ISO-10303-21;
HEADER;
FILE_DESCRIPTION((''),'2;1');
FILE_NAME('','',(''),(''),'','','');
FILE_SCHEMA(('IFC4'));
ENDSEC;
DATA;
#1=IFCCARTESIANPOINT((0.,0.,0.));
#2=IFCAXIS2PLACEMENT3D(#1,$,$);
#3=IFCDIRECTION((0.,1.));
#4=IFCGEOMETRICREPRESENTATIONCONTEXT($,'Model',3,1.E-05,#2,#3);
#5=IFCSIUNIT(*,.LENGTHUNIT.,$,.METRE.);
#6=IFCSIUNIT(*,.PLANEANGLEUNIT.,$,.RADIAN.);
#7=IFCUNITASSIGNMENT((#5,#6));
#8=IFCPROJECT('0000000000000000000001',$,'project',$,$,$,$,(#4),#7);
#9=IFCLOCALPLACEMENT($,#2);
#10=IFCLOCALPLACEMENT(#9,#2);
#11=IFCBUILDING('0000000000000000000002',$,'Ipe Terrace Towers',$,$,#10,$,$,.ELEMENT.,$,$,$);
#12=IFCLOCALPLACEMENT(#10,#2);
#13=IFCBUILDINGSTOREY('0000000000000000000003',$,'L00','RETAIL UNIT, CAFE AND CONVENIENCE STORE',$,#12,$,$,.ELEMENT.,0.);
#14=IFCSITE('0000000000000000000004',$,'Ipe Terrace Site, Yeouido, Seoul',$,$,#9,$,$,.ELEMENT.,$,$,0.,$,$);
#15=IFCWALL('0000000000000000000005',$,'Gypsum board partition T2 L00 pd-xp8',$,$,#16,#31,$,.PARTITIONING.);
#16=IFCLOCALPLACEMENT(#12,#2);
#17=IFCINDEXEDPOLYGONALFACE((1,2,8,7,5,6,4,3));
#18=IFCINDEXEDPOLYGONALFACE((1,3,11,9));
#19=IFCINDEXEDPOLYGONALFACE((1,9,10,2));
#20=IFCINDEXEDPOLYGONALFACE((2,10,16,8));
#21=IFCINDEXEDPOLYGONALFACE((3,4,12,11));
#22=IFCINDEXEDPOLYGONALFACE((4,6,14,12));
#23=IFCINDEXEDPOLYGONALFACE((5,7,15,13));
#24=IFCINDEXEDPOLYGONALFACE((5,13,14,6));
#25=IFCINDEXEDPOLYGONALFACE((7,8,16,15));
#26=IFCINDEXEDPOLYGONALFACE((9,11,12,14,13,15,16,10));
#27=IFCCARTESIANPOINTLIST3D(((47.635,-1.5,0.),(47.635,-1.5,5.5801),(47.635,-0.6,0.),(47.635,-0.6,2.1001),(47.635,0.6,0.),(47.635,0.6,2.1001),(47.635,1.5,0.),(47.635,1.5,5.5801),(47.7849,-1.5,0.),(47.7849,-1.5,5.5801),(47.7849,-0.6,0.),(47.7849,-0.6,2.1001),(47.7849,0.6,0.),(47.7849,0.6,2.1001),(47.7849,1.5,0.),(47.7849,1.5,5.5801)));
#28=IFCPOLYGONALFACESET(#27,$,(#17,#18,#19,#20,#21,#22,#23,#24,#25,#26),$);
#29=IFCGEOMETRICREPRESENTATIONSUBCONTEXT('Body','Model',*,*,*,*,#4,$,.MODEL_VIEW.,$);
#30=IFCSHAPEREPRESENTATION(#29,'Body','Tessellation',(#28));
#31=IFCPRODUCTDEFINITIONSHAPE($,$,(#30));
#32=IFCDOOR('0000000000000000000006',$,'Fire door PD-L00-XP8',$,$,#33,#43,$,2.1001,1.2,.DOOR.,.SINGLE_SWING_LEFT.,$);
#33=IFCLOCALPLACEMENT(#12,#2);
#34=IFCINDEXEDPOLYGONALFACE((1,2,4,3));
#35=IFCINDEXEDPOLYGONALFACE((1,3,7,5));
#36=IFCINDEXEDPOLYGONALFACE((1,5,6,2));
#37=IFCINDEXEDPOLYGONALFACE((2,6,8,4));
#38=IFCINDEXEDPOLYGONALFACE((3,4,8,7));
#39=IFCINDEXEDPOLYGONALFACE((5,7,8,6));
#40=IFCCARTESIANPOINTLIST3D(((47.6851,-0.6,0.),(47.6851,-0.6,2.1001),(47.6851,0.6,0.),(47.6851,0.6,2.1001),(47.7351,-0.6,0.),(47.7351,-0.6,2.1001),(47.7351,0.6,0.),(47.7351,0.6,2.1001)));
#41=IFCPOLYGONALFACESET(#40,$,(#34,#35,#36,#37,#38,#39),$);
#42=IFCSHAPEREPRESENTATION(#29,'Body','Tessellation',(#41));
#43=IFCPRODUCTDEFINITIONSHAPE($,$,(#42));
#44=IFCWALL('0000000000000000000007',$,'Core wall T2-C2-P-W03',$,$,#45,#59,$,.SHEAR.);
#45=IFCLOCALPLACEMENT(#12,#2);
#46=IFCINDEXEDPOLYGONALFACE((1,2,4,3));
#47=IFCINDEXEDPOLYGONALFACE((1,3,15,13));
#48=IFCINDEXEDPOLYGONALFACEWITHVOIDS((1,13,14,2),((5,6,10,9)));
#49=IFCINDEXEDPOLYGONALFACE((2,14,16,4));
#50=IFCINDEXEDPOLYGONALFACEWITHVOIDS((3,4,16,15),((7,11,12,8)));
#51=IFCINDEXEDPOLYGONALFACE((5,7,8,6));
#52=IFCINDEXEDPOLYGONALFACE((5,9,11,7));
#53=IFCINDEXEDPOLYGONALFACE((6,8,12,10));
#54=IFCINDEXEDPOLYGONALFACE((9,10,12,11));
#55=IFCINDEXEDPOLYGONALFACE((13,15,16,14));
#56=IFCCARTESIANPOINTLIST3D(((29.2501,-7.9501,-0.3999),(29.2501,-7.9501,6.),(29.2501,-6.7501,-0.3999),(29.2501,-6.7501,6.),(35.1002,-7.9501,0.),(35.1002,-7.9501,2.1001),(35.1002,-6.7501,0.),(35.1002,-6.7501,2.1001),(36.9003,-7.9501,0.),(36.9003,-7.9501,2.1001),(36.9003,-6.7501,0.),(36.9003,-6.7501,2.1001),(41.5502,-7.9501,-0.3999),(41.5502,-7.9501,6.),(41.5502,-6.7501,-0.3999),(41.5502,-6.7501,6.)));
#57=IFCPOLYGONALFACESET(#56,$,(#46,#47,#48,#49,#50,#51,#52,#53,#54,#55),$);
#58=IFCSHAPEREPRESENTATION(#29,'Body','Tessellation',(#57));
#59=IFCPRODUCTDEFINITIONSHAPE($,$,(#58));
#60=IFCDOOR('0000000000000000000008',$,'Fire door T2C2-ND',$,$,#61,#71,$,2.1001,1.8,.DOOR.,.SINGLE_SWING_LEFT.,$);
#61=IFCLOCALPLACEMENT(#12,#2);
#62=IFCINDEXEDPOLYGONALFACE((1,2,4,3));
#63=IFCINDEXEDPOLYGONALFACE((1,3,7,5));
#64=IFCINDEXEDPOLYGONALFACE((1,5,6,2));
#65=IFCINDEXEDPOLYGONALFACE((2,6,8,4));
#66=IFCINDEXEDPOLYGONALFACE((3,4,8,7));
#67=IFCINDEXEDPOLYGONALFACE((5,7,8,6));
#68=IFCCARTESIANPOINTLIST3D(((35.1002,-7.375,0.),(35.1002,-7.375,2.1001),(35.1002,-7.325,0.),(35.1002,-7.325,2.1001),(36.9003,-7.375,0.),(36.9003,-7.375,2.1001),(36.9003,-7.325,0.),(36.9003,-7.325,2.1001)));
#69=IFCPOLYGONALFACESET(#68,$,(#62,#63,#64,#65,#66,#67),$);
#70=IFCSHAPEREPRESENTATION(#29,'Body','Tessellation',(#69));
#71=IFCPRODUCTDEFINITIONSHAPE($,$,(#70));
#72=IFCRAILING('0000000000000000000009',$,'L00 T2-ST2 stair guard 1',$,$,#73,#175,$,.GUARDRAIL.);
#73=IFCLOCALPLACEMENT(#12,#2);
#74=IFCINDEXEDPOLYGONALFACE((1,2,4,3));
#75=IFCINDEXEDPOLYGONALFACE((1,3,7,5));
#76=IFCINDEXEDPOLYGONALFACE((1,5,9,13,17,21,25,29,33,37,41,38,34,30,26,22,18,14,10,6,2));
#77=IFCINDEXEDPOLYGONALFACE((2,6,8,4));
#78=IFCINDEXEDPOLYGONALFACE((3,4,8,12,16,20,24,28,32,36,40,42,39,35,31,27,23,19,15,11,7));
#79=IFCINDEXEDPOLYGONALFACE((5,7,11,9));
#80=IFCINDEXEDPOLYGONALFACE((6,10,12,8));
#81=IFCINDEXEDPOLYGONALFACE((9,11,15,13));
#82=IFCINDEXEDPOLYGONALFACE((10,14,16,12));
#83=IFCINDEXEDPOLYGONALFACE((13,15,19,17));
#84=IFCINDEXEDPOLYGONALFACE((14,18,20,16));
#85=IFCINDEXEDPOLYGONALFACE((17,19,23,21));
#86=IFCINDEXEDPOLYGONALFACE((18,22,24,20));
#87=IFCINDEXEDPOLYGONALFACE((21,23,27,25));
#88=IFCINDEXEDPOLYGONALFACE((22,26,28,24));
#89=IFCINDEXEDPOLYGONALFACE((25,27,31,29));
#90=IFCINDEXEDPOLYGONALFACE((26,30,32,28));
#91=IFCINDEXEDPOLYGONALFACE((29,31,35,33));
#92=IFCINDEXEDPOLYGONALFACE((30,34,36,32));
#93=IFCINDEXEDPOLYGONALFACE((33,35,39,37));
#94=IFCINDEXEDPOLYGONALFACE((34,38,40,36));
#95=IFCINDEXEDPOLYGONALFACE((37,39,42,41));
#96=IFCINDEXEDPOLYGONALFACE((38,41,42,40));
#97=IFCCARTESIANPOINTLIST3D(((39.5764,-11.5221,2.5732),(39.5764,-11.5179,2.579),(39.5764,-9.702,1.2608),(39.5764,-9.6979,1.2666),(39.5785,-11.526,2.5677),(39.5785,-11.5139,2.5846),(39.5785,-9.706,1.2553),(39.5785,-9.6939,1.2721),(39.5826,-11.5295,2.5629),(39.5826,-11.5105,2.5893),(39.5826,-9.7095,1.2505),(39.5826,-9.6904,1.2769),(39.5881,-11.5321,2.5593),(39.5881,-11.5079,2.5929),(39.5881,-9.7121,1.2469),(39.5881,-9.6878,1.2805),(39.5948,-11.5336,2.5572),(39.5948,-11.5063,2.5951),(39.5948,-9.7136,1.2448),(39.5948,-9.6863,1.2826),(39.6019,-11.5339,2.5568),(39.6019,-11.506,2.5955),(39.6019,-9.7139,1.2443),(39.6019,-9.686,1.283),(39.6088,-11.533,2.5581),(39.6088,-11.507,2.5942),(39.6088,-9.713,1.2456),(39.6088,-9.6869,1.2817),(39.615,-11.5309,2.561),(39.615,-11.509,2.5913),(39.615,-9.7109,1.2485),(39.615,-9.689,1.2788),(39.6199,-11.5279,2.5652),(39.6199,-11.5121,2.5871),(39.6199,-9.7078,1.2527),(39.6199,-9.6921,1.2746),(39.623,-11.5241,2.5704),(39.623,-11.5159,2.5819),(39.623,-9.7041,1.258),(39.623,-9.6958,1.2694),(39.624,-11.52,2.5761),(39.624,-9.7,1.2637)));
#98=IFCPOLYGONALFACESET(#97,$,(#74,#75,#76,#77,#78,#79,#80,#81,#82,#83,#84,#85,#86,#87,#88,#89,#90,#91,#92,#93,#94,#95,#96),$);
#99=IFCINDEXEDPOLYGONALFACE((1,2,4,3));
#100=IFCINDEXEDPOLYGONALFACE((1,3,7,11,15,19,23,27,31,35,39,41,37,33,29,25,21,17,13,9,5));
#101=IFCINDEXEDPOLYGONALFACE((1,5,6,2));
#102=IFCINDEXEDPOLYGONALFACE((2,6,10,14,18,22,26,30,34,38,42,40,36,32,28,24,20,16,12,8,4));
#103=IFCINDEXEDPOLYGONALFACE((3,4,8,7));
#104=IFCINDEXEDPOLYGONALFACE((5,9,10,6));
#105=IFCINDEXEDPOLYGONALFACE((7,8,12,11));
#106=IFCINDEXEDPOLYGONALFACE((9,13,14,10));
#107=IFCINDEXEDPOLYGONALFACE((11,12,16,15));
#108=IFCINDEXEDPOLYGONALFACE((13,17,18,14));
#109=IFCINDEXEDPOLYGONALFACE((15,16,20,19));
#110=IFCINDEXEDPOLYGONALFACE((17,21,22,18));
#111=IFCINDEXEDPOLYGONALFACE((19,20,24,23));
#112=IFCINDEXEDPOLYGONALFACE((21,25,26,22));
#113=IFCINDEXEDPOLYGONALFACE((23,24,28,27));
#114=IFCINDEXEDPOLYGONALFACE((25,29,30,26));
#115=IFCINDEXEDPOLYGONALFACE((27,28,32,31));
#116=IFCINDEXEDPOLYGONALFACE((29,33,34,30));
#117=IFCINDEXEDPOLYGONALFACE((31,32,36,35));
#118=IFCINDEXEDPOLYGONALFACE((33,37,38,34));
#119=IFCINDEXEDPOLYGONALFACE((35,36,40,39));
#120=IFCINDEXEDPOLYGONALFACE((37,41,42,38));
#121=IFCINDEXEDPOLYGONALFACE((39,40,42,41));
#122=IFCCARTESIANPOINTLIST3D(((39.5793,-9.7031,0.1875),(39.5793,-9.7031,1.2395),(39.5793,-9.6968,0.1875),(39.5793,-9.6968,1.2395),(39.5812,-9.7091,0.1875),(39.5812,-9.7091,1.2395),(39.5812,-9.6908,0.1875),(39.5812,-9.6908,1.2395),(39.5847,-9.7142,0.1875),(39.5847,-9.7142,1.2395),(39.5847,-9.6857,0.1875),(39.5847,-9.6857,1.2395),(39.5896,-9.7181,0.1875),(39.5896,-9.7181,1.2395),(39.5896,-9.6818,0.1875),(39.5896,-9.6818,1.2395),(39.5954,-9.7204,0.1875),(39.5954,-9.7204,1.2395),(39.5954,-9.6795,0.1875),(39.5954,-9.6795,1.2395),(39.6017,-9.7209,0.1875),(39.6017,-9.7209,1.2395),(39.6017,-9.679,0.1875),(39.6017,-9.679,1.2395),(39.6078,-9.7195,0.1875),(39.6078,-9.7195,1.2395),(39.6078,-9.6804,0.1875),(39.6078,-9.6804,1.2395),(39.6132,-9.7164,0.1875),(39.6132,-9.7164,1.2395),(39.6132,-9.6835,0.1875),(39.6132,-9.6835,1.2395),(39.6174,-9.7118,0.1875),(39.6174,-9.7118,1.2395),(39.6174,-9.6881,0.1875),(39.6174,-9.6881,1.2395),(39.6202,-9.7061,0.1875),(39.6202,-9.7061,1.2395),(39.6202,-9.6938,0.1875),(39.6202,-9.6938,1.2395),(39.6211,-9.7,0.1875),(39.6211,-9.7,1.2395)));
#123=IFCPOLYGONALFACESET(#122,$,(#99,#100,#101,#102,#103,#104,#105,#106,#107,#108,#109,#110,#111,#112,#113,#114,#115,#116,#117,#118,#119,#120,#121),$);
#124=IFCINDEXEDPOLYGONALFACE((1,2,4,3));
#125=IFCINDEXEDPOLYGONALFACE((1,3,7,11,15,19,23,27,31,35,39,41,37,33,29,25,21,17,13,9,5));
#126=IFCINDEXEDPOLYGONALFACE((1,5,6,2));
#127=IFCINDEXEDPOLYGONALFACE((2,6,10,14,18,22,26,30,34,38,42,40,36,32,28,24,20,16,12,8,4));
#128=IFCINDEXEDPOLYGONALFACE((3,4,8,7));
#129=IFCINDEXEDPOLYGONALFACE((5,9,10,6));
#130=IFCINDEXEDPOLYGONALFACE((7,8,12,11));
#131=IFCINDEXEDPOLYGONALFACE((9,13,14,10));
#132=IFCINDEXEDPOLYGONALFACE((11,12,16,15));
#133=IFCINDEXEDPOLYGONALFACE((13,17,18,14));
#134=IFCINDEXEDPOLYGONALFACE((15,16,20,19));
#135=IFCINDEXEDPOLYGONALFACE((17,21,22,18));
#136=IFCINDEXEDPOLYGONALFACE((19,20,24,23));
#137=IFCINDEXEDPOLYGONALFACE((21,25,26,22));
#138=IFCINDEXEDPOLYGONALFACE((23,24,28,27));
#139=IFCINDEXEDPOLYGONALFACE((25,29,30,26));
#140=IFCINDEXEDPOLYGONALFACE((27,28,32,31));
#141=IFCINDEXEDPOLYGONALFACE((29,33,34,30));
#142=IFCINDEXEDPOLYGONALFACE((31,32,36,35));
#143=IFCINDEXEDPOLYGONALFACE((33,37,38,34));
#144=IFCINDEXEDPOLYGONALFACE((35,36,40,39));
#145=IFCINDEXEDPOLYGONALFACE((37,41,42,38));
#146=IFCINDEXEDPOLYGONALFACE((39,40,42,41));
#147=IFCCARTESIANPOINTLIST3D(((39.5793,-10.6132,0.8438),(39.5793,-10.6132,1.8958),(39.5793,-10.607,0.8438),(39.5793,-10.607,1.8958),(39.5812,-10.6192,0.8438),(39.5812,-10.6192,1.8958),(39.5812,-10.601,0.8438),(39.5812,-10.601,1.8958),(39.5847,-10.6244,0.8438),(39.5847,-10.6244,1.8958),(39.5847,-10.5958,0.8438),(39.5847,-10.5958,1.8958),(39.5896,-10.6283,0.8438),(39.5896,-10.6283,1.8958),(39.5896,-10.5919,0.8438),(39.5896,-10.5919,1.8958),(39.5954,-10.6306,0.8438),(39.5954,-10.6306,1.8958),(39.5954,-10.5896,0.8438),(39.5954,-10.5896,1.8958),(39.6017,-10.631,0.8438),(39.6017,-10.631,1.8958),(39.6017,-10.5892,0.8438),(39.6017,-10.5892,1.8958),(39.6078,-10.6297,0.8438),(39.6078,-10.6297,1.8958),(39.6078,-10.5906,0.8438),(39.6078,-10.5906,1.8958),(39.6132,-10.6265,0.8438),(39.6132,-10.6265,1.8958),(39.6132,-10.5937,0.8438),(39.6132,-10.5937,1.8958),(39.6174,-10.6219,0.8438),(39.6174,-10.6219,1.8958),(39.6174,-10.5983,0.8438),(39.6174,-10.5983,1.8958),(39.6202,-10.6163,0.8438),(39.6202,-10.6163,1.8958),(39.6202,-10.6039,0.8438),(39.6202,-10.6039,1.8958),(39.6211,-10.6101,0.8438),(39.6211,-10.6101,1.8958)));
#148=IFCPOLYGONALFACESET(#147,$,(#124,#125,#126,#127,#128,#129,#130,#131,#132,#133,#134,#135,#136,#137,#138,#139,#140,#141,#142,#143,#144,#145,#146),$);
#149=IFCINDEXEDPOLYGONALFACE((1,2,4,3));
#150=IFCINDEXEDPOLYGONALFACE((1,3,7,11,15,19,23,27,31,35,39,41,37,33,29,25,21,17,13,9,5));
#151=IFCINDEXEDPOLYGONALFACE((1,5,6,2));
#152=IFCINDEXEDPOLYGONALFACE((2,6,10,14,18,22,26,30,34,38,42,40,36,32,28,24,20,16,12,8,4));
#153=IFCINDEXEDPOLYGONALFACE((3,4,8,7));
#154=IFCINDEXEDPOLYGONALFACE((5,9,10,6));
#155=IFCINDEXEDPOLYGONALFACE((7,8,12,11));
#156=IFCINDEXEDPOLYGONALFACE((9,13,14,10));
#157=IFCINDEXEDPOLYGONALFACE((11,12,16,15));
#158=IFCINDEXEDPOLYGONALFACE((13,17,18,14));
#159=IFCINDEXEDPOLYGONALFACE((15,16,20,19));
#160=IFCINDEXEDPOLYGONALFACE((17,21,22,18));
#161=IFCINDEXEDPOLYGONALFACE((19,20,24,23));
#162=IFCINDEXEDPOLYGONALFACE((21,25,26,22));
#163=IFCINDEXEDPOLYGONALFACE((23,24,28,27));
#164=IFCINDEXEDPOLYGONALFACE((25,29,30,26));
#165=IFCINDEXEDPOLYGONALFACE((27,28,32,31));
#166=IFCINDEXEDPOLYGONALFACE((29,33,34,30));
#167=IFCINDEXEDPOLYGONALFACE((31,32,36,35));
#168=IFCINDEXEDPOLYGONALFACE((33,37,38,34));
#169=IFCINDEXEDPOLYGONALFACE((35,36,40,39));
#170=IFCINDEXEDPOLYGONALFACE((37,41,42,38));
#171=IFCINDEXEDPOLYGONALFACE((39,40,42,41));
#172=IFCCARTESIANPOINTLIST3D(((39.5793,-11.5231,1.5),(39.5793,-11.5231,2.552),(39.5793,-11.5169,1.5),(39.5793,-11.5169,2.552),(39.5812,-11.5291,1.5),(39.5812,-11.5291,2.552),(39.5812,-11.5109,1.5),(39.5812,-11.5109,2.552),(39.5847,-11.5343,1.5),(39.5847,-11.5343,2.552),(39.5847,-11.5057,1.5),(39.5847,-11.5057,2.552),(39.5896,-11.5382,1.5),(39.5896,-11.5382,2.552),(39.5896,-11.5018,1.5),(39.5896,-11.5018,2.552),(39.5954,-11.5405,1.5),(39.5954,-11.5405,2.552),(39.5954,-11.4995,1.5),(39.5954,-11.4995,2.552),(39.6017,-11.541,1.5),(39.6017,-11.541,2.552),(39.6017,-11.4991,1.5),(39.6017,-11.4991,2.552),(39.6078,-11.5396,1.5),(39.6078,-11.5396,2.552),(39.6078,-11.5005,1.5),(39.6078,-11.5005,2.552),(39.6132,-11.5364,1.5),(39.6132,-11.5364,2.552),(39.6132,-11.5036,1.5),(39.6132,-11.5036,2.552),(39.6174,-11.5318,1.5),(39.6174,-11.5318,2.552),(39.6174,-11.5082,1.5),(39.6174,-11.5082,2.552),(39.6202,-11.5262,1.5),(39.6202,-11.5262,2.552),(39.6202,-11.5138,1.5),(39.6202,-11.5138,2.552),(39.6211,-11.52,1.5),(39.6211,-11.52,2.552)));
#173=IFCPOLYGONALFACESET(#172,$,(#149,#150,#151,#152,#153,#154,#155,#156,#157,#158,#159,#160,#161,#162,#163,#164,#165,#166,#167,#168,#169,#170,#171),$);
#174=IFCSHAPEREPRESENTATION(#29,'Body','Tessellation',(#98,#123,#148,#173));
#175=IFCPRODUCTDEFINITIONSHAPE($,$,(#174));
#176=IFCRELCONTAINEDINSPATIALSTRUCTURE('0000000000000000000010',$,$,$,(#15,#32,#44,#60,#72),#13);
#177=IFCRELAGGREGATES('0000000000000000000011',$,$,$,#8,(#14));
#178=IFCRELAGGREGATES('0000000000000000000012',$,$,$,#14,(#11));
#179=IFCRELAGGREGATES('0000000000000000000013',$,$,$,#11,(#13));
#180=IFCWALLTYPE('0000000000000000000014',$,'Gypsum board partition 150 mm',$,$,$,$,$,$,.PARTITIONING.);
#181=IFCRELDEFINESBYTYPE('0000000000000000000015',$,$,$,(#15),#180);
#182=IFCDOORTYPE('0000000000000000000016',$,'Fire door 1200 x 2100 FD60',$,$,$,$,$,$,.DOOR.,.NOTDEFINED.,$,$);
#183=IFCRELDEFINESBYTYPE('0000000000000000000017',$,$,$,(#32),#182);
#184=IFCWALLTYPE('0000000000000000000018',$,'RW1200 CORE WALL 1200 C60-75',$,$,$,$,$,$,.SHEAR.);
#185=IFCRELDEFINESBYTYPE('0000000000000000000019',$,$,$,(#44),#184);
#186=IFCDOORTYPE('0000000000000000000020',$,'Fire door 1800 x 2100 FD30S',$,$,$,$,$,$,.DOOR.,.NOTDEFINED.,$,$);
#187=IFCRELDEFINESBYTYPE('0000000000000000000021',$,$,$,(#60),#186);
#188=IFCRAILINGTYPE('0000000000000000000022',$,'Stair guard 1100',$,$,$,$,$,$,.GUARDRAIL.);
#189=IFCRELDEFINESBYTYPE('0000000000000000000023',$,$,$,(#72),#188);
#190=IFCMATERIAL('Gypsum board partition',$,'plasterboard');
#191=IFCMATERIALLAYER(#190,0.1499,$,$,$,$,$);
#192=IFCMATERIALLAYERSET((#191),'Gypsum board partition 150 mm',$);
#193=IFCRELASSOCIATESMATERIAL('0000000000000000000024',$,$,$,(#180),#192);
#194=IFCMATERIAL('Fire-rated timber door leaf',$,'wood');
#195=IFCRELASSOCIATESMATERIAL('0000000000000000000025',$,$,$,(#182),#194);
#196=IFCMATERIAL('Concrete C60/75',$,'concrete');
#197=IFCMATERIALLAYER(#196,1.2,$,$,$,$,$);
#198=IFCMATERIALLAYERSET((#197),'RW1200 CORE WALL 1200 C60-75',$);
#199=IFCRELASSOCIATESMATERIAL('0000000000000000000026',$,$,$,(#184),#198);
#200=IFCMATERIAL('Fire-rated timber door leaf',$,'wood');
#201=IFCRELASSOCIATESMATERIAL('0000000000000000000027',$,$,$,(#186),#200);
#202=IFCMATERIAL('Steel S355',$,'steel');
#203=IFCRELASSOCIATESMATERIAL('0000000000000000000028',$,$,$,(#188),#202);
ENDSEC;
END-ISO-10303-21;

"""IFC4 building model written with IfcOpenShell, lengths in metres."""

from ifc_helpers import new_model, si_unit, direction, frame, frame_2d, origin, origin_2d, place, context, subcontext, project, spatial, rectangle, circle, extrude, material, layer, layer_set, type_object, element, fill, save


model = new_model("IFC4")

# Units and contexts
model_context = context("Model", 3, precision=1e-05, world=origin(), true_north=direction((0.0, 1.0)))
body_context = subcontext(model_context, "Body", "Model", "MODEL_VIEW")
ifc_project = project(units=[si_unit("LENGTHUNIT", "METRE"), si_unit("PLANEANGLEUNIT", "RADIAN")], contexts=[model_context])

# Site, building, storey
site_placement = place(None, origin())
site = spatial("IfcSite", under=ifc_project, at=site_placement, Name="Ipe Terrace Site, Yeouido, Seoul", CompositionType="ELEMENT", RefElevation=0.0)
building_placement = place(site_placement, origin())
building = spatial("IfcBuilding", under=site, at=building_placement, Name="Ipe Terrace Towers", CompositionType="ELEMENT")
storey_placement = place(building_placement, origin())
storey = spatial("IfcBuildingStorey", under=building, at=storey_placement, Name="L00", Description="RETAIL UNIT, CAFE AND CONVENIENCE STORE", CompositionType="ELEMENT", Elevation=0.0)

# Shared definitions
ifc_material_1 = material(Name="Gypsum board partition", Category="plasterboard")
ifc_layer_1 = layer(ifc_material_1, 0.1499)
ifc_layer_set_1 = layer_set([ifc_layer_1], Name="Gypsum board partition 150 mm")
wall_type_1 = type_object("IfcWallType", Name="Gypsum board partition 150 mm", PredefinedType="PARTITIONING", material=ifc_layer_set_1)

# Walls, openings, doors
wall_1_placement = place(storey_placement, frame((47.71, -1.5, 0.0), z_axis=(0.0, 0.0, 1.0), x_axis=(0.0, 1.0, 0.0)))
wall_1 = element("IfcWall", 1, at=wall_1_placement, inside=storey, type_object=wall_type_1, Name="Gypsum board partition T2 L00 pd-xp8", PredefinedType="PARTITIONING", context=body_context, shape_type="SweptSolid", body=[
    extrude(rectangle(XDim=3.0, YDim=0.1499, at=frame_2d((1.5, 0.0))), origin(), (0.0, 0.0, 1.0), 5.5801),
])
opening_1_placement = place(wall_1_placement, frame((0.8999, 0.0, 0.0)))
opening_1 = element("IfcOpeningElement", 2, at=opening_1_placement, cuts=wall_1, PredefinedType="OPENING", context=body_context, shape_type="SweptSolid", body=[
    extrude(rectangle(XDim=1.2, YDim=2.1001, at=frame_2d((0.6001, 1.05))), frame((0.0, 0.085, 0.0), z_axis=(0.0, -1.0, 0.0), x_axis=(1.0, 0.0, 0.0)), (0.0, 0.0, 1.0), 0.1699),
])
ifc_material_2 = material(Name="Fire-rated timber door leaf", Category="wood")
door_type_1 = type_object("IfcDoorType", Name="Fire door 1200 x 2100 FD60", OperationType="NOTDEFINED", PredefinedType="DOOR", material=ifc_material_2)
door_1_placement = place(opening_1_placement, origin())
door_1 = element("IfcDoor", 3, at=door_1_placement, inside=storey, type_object=door_type_1, Name="Fire door PD-L00-XP8", OperationType="SINGLE_SWING_LEFT", OverallHeight=2.1001, OverallWidth=1.2, PredefinedType="DOOR", context=body_context, shape_type="SweptSolid", body=[
    extrude(rectangle(XDim=1.2, YDim=2.1001, at=frame_2d((0.6001, 1.05))), frame((0.0, 0.0249, 0.0), z_axis=(0.0, -1.0, 0.0), x_axis=(1.0, 0.0, 0.0)), (0.0, 0.0, 1.0), 0.05),
])
fill(opening_1, door_1)
ifc_material_3 = material(Name="Concrete C60/75", Category="concrete")
ifc_layer_2 = layer(ifc_material_3, 1.2)
ifc_layer_set_2 = layer_set([ifc_layer_2], Name="RW1200 CORE WALL 1200 C60-75")
wall_type_2 = type_object("IfcWallType", Name="RW1200 CORE WALL 1200 C60-75", PredefinedType="SHEAR", material=ifc_layer_set_2)
wall_2_placement = place(storey_placement, frame((41.55, -7.3501, -0.3999), z_axis=(0.0, 0.0, 1.0), x_axis=(-1.0, 0.0, 0.0)))
wall_2 = element("IfcWall", 4, at=wall_2_placement, inside=storey, type_object=wall_type_2, Name="Core wall T2-C2-P-W03", PredefinedType="SHEAR", context=body_context, shape_type="SweptSolid", body=[
    extrude(rectangle(XDim=12.3, YDim=1.2, at=frame_2d((6.1499, 0.0))), origin(), (0.0, 0.0, 1.0), 6.3999),
])
opening_2_placement = place(wall_2_placement, frame((4.6499, 0.0, 0.3999)))
opening_2 = element("IfcOpeningElement", 5, at=opening_2_placement, cuts=wall_2, PredefinedType="OPENING", context=body_context, shape_type="SweptSolid", body=[
    extrude(rectangle(XDim=1.8, YDim=2.1001, at=frame_2d((0.8999, 1.05))), frame((0.0, 0.6099, 0.0), z_axis=(0.0, -1.0, 0.0), x_axis=(1.0, 0.0, 0.0)), (0.0, 0.0, 1.0), 1.22),
])
ifc_material_4 = material(Name="Fire-rated timber door leaf", Category="wood")
door_type_2 = type_object("IfcDoorType", Name="Fire door 1800 x 2100 FD30S", OperationType="NOTDEFINED", PredefinedType="DOOR", material=ifc_material_4)
door_2_placement = place(opening_2_placement, origin())
door_2 = element("IfcDoor", 6, at=door_2_placement, inside=storey, type_object=door_type_2, Name="Fire door T2C2-ND", OperationType="SINGLE_SWING_LEFT", OverallHeight=2.1001, OverallWidth=1.8, PredefinedType="DOOR", context=body_context, shape_type="SweptSolid", body=[
    extrude(rectangle(XDim=1.8, YDim=2.1001, at=frame_2d((0.8999, 1.05))), frame((0.0, 0.0249, 0.0), z_axis=(0.0, -1.0, 0.0), x_axis=(1.0, 0.0, 0.0)), (0.0, 0.0, 1.0), 0.05),
])
fill(opening_2, door_2)

# Railing
ifc_material_5 = material(Name="Steel S355", Category="steel")
railing_type_1 = type_object("IfcRailingType", Name="Stair guard 1100", PredefinedType="GUARDRAIL", material=ifc_material_5)
railing_1_placement = place(storey_placement, frame((39.6001, -9.7, 0.1875)))
element("IfcRailing", 7, at=railing_1_placement, inside=storey, type_object=railing_type_1, Name="L00 T2-ST2 stair guard 1", PredefinedType="GUARDRAIL", context=body_context, shape_type="SweptSolid", body=[
    extrude(circle(Radius=0.0239, at=origin_2d()), frame((0.0, 0.0, 1.0762), z_axis=(0.0, -0.811101, 0.584906), x_axis=(1.0, 0.0, 0.0)), (0.0, 0.0, 1.0), 2.2439),
    extrude(circle(Radius=0.021, at=origin_2d()), origin(), (0.0, 0.0, 1.0), 1.052),
    extrude(circle(Radius=0.021, at=origin_2d()), frame((0.0, -0.9102, 0.6562)), (0.0, 0.0, 1.0), 1.052),
    extrude(circle(Radius=0.021, at=origin_2d()), frame((0.0, -1.8201, 1.3125)), (0.0, 0.0, 1.0), 1.052),
])

save(model, "model.ifc")
